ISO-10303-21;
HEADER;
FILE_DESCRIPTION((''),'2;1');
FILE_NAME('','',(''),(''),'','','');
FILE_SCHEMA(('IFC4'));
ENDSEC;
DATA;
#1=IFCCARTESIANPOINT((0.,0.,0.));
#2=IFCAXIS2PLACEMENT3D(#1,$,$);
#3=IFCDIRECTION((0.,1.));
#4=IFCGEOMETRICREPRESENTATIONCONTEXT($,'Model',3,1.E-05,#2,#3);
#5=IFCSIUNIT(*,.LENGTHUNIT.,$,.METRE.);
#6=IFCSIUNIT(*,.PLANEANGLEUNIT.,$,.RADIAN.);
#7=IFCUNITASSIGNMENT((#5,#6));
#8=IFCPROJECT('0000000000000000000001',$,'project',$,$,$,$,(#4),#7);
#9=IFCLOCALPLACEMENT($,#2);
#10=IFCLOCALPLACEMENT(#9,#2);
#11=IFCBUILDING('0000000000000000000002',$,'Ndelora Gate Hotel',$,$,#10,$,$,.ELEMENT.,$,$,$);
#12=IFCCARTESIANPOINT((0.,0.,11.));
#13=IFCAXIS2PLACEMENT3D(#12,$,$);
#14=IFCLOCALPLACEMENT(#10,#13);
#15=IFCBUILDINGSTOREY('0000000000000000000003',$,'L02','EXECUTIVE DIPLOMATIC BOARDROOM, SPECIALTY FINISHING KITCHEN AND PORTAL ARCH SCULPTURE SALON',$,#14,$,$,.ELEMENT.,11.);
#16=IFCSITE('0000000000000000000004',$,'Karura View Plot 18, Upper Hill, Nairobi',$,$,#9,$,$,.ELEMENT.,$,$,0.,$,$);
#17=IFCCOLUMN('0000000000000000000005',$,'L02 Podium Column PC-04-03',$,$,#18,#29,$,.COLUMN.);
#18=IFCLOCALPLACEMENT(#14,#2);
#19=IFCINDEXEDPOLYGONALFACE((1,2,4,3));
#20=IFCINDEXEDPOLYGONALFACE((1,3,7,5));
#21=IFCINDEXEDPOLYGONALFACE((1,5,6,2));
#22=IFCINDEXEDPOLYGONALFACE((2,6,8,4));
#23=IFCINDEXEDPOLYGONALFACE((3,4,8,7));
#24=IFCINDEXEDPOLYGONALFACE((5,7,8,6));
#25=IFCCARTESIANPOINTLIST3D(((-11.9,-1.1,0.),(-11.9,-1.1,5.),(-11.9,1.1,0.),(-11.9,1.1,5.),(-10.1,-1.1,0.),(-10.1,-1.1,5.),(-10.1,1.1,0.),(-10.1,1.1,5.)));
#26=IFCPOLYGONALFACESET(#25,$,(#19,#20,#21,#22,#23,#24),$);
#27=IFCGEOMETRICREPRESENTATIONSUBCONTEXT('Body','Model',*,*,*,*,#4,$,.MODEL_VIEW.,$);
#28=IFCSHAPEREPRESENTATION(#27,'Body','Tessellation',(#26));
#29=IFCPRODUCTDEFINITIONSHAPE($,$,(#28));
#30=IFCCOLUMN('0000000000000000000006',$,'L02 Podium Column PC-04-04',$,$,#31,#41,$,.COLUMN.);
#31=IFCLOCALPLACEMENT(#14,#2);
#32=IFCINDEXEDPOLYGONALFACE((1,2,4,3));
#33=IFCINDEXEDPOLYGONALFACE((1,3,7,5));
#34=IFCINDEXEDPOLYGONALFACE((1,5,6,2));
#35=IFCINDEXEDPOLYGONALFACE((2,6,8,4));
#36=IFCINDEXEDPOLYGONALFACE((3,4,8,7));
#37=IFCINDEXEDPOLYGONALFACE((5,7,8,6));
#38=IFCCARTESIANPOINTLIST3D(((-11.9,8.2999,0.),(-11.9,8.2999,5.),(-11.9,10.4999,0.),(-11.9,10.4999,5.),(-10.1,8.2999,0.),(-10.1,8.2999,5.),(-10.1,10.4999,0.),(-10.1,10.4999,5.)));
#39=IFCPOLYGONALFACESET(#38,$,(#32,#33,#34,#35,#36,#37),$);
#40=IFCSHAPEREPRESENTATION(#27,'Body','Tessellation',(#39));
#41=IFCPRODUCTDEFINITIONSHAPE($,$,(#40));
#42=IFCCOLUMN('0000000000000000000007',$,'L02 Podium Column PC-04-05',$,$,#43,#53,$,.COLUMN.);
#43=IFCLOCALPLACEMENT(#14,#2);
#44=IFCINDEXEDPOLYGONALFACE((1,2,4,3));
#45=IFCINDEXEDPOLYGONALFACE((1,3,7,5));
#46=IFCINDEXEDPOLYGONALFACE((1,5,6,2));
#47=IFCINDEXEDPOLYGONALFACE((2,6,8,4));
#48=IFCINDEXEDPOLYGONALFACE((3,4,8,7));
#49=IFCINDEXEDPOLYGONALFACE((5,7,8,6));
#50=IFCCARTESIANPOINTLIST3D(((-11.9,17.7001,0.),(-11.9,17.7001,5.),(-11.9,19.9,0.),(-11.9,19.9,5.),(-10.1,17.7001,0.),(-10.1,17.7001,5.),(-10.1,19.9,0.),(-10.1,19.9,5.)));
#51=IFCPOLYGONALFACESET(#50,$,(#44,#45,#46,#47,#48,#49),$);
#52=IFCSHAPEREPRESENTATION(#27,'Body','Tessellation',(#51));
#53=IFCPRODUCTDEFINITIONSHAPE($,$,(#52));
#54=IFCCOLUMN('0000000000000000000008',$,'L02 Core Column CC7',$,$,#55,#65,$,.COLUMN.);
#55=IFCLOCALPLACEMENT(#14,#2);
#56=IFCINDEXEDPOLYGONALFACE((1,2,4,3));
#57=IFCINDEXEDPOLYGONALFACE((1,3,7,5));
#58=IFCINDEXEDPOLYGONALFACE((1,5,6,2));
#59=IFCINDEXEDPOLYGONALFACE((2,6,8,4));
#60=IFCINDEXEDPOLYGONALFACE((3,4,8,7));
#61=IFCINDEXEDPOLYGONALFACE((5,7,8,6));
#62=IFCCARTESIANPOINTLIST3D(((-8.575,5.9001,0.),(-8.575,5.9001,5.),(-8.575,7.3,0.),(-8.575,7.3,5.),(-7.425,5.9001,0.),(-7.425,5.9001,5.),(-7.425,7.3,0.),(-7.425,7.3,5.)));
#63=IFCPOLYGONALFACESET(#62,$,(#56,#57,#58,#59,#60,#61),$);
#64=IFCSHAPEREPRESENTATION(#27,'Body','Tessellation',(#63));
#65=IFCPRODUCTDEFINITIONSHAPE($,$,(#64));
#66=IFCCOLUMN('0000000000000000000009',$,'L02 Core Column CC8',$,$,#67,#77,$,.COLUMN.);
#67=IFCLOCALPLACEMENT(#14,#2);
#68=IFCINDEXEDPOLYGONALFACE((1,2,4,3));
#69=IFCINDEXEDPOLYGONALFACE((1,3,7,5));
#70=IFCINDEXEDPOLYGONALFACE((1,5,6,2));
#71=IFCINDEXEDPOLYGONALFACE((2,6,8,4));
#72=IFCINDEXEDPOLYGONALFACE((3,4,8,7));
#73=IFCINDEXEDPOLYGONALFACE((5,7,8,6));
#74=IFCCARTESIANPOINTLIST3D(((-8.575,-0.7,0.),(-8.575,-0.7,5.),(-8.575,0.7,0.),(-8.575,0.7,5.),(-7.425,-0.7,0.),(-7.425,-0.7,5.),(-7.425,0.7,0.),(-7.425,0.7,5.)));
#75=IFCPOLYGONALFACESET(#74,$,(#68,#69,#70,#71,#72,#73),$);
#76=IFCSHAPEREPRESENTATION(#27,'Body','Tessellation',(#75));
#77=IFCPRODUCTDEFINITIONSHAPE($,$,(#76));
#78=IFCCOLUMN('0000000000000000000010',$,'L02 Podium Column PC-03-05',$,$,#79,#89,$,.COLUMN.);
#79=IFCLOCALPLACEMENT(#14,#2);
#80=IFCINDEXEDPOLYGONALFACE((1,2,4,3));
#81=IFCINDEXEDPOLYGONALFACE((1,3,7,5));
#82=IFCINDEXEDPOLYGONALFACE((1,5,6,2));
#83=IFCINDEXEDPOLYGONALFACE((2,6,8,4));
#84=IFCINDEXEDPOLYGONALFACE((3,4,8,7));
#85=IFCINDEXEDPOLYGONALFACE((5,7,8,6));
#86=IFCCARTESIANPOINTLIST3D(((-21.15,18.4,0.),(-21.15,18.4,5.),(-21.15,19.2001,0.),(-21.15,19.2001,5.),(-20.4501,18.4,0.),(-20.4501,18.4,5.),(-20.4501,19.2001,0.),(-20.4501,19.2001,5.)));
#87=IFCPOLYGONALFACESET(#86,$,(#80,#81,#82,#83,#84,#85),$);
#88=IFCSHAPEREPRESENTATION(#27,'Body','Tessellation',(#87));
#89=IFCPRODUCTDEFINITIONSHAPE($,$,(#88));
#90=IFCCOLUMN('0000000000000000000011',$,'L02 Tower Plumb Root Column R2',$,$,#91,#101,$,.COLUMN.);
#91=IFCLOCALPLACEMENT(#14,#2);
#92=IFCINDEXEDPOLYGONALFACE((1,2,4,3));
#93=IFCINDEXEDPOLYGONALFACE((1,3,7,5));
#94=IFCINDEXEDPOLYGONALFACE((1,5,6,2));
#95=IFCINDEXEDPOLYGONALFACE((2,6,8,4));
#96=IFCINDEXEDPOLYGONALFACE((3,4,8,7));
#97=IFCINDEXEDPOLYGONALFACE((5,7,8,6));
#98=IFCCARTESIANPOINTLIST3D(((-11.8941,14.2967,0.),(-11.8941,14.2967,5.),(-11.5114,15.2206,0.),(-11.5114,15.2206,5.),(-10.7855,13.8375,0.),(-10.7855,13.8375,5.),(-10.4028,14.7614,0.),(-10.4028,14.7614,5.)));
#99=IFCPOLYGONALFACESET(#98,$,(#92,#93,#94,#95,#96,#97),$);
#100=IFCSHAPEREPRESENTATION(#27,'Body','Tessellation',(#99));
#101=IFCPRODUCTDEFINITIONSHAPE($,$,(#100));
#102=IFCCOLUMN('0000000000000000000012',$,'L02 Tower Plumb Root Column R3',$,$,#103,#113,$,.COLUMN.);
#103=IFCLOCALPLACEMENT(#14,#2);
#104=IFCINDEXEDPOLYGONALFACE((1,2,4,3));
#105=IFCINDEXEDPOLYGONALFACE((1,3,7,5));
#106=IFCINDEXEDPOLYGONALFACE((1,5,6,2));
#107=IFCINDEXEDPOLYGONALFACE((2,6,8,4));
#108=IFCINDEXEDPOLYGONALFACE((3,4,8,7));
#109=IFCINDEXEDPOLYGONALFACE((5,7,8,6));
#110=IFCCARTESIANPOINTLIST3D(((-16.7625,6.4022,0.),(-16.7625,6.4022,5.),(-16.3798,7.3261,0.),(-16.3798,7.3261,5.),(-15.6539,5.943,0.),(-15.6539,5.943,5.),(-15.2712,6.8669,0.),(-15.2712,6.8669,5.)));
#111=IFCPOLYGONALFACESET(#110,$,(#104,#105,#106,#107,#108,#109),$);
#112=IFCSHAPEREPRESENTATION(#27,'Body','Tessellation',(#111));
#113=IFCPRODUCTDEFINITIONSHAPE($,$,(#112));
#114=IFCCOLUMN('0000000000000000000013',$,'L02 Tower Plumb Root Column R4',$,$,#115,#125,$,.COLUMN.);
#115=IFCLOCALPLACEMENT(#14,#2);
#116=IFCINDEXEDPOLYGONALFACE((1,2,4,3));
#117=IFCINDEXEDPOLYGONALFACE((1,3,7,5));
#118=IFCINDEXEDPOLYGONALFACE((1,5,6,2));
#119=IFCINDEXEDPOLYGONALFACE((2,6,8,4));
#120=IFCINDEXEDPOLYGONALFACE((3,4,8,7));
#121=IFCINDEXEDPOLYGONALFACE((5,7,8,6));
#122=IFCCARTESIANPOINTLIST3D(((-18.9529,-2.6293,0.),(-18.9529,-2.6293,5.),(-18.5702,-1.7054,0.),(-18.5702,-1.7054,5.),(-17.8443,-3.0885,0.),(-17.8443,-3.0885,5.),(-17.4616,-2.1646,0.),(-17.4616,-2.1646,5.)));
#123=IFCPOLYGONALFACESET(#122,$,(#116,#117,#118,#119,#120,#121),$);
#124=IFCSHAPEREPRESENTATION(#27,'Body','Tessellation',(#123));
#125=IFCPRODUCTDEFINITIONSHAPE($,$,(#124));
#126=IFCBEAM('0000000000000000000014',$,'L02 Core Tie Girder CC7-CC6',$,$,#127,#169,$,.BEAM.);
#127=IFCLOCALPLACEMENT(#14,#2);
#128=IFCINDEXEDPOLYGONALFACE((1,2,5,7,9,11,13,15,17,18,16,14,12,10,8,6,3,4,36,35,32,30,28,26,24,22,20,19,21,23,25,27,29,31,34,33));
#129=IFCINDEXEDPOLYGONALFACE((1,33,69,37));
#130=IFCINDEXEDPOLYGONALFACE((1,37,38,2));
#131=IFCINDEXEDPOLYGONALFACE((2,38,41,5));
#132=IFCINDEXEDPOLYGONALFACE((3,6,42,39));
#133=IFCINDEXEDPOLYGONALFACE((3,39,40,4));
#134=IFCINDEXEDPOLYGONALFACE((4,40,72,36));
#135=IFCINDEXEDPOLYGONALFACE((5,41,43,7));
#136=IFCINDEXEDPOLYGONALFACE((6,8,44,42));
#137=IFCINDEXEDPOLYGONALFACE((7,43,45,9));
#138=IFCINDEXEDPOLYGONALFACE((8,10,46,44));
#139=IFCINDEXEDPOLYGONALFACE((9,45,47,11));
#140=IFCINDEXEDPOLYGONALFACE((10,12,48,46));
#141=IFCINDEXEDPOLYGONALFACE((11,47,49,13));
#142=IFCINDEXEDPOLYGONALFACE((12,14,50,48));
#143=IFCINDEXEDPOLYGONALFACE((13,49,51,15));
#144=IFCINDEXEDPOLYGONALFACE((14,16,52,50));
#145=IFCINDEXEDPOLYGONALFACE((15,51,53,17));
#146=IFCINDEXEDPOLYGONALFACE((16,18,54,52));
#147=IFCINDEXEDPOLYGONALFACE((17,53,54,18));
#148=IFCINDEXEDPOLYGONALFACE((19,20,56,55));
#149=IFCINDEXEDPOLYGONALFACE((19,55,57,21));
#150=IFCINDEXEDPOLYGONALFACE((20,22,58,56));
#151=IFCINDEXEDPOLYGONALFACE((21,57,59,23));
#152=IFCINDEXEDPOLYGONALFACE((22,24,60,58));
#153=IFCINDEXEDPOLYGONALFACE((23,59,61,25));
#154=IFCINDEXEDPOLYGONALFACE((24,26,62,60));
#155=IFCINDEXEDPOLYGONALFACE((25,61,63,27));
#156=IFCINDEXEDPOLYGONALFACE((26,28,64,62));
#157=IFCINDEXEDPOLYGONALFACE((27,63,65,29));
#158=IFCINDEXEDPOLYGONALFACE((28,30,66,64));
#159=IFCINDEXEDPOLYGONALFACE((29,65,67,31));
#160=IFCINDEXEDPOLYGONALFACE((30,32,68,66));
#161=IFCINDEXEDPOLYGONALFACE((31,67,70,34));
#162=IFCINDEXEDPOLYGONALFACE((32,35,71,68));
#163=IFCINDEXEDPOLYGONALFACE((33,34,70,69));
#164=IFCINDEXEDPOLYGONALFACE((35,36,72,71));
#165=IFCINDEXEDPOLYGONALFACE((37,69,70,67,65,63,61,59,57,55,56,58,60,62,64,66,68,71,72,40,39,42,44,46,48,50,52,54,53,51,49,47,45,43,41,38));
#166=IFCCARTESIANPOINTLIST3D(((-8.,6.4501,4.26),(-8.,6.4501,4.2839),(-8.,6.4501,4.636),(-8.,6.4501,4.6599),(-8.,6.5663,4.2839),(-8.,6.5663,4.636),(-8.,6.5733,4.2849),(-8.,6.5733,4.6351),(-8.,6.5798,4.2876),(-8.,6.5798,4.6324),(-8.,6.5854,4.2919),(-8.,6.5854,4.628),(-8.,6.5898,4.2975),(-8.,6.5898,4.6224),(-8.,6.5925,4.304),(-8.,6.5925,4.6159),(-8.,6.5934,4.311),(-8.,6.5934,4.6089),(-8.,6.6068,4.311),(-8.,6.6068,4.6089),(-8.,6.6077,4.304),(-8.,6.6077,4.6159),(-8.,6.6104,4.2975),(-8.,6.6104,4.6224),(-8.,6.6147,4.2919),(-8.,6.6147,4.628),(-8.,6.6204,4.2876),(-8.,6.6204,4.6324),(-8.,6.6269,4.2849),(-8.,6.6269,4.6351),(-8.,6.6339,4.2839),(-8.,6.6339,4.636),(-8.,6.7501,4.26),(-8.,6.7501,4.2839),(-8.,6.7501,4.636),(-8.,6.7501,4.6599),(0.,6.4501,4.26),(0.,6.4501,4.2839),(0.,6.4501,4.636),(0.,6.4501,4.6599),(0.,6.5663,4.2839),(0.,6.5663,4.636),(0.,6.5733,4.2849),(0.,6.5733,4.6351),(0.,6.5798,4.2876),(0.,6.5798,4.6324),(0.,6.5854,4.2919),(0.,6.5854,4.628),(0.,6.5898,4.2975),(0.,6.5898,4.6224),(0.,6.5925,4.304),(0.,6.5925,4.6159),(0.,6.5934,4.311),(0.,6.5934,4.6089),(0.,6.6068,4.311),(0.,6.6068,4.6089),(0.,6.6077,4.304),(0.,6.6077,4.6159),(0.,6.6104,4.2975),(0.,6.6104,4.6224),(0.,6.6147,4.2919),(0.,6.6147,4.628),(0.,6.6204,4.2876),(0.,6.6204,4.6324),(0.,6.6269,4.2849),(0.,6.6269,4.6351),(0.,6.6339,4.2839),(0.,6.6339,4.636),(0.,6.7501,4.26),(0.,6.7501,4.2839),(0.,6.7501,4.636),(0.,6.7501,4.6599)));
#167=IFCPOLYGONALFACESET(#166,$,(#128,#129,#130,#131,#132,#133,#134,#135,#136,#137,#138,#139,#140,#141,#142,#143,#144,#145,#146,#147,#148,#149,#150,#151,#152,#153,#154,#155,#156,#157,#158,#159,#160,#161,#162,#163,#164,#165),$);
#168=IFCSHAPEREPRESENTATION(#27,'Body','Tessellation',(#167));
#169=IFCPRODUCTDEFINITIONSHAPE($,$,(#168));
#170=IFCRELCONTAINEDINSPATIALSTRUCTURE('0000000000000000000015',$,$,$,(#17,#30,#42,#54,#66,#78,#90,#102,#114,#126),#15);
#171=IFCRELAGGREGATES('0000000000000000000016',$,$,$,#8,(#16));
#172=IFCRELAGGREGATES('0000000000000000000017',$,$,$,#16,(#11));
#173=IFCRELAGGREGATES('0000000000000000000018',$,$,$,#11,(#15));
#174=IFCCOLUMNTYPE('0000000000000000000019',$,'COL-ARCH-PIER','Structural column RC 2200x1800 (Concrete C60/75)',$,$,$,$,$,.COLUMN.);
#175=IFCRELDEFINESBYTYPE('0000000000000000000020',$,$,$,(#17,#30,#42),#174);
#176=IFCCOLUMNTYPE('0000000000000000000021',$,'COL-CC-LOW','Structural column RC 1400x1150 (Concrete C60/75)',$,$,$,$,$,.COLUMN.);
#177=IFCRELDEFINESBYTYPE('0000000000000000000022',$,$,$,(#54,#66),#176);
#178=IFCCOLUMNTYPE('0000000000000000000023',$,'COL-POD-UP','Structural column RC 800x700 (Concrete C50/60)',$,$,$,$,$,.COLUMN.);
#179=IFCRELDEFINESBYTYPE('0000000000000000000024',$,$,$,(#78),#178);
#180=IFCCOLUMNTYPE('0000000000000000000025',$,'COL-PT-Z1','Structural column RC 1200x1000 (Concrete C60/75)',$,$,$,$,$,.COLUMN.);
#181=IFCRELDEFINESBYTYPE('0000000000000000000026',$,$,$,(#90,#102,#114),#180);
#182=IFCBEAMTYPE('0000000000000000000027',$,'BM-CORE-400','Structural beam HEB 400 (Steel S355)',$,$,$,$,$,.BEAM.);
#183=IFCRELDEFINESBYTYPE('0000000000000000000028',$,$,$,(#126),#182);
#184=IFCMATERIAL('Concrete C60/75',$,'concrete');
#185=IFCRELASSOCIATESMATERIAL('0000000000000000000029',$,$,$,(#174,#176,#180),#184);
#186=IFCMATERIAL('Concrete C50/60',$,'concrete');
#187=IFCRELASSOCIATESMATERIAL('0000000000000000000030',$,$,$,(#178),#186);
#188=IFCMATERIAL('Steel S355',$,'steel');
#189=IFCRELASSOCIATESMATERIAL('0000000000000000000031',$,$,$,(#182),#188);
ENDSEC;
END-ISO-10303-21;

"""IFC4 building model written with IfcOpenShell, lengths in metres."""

from ifc_helpers import new_model, si_unit, direction, frame, origin, origin_2d, place, context, subcontext, project, spatial, rectangle, i_section, extrude, material, material_profile, profile_set, type_object, element, save


model = new_model("IFC4")

# Units and contexts
model_context = context("Model", 3, precision=1e-05, world=origin(), true_north=direction((0.0, 1.0)))
body_context = subcontext(model_context, "Body", "Model", "MODEL_VIEW")
ifc_project = project(units=[si_unit("LENGTHUNIT", "METRE"), si_unit("PLANEANGLEUNIT", "RADIAN")], contexts=[model_context])

# Site, building, storey
site_placement = place(None, origin())
site = spatial("IfcSite", under=ifc_project, at=site_placement, Name="Karura View Plot 18, Upper Hill, Nairobi", CompositionType="ELEMENT", RefElevation=0.0)
building_placement = place(site_placement, origin())
building = spatial("IfcBuilding", under=site, at=building_placement, Name="Ndelora Gate Hotel", CompositionType="ELEMENT")
storey_placement = place(building_placement, frame((0.0, 0.0, 11.0)))
storey = spatial("IfcBuildingStorey", under=building, at=storey_placement, Name="L02", Description="EXECUTIVE DIPLOMATIC BOARDROOM, SPECIALTY FINISHING KITCHEN AND PORTAL ARCH SCULPTURE SALON", CompositionType="ELEMENT", Elevation=11.0)

# Columns
ifc_material_1 = material(Name="Concrete C60/75", Category="concrete")
ifc_material_profile_1 = material_profile(ifc_material_1, rectangle(XDim=1.8, YDim=2.2, at=origin_2d()), Name="RC 2200x1800")
ifc_profile_set_1 = profile_set([ifc_material_profile_1], Name="Concrete C60/75")
column_type_1 = type_object("IfcColumnType", Name="COL-ARCH-PIER", Description="Structural column RC 2200x1800 (Concrete C60/75)", PredefinedType="COLUMN", material=ifc_profile_set_1)
for number, where, z_axis, x_axis, name in (
    (1, (-11.0, 0.0, 0.0), (0.0, 0.0, 1.0), (1.0, 0.0, 0.0), "L02 Podium Column PC-04-03"),
    (2, (-11.0, 9.3999, 0.0), (0.0, 0.0, 1.0), (1.0, 0.0, 0.0), "L02 Podium Column PC-04-04"),
    (3, (-11.0, 18.8, 0.0), (0.0, 0.0, 1.0), (1.0, 0.0, 0.0), "L02 Podium Column PC-04-05"),
):
    element("IfcColumn", number, at=place(storey_placement, frame(where, z_axis=z_axis, x_axis=x_axis)), inside=storey, type_object=column_type_1, Name=name, PredefinedType="COLUMN", context=body_context, shape_type="SweptSolid", body=[
        extrude(rectangle(XDim=1.8, YDim=2.2, at=origin_2d()), origin(), (0.0, 0.0, 1.0), 5.0),
    ])
ifc_material_profile_2 = material_profile(ifc_material_1, rectangle(XDim=1.1499, YDim=1.3999, at=origin_2d()), Name="RC 1400x1150")
ifc_profile_set_2 = profile_set([ifc_material_profile_2], Name="Concrete C60/75")
column_type_2 = type_object("IfcColumnType", Name="COL-CC-LOW", Description="Structural column RC 1400x1150 (Concrete C60/75)", PredefinedType="COLUMN", material=ifc_profile_set_2)
for number, where, z_axis, x_axis, name in (
    (4, (-8.0, 6.6001, 0.0), (0.0, 0.0, 1.0), (1.0, 0.0, 0.0), "L02 Core Column CC7"),
    (5, (-8.0, 0.0, 0.0), (0.0, 0.0, 1.0), (1.0, 0.0, 0.0), "L02 Core Column CC8"),
):
    element("IfcColumn", number, at=place(storey_placement, frame(where, z_axis=z_axis, x_axis=x_axis)), inside=storey, type_object=column_type_2, Name=name, PredefinedType="COLUMN", context=body_context, shape_type="SweptSolid", body=[
        extrude(rectangle(XDim=1.1499, YDim=1.3999, at=origin_2d()), origin(), (0.0, 0.0, 1.0), 5.0),
    ])
ifc_material_2 = material(Name="Concrete C50/60", Category="concrete")
ifc_material_profile_3 = material_profile(ifc_material_2, rectangle(XDim=0.7, YDim=0.8, at=origin_2d()), Name="RC 800x700")
ifc_profile_set_3 = profile_set([ifc_material_profile_3], Name="Concrete C50/60")
column_type_3 = type_object("IfcColumnType", Name="COL-POD-UP", Description="Structural column RC 800x700 (Concrete C50/60)", PredefinedType="COLUMN", material=ifc_profile_set_3)
column_placement = place(storey_placement, frame((-20.8, 18.8, 0.0), z_axis=(0.0, 0.0, 1.0), x_axis=(1.0, 0.0, 0.0)))
element("IfcColumn", 6, at=column_placement, inside=storey, type_object=column_type_3, Name="L02 Podium Column PC-03-05", PredefinedType="COLUMN", context=body_context, shape_type="SweptSolid", body=[
    extrude(rectangle(XDim=0.7, YDim=0.8, at=origin_2d()), origin(), (0.0, 0.0, 1.0), 5.0),
])
ifc_material_profile_4 = material_profile(ifc_material_1, rectangle(XDim=1.0, YDim=1.2, at=origin_2d()), Name="RC 1200x1000")
ifc_profile_set_4 = profile_set([ifc_material_profile_4], Name="Concrete C60/75")
column_type_4 = type_object("IfcColumnType", Name="COL-PT-Z1", Description="Structural column RC 1200x1000 (Concrete C60/75)", PredefinedType="COLUMN", material=ifc_profile_set_4)
for number, where, z_axis, x_axis, name in (
    (7, (-11.1484, 14.5291, 0.0), (0.0, 0.0, 1.0), (0.382683, 0.92388, 0.0), "L02 Tower Plumb Root Column R2"),
    (8, (-16.0168, 6.6345, 0.0), (0.0, 0.0, 1.0), (0.382683, 0.92388, 0.0), "L02 Tower Plumb Root Column R3"),
    (9, (-18.2073, -2.397, 0.0), (0.0, 0.0, 1.0), (0.382683, 0.92388, 0.0), "L02 Tower Plumb Root Column R4"),
):
    element("IfcColumn", number, at=place(storey_placement, frame(where, z_axis=z_axis, x_axis=x_axis)), inside=storey, type_object=column_type_4, Name=name, PredefinedType="COLUMN", context=body_context, shape_type="SweptSolid", body=[
        extrude(rectangle(XDim=1.0, YDim=1.2, at=origin_2d()), origin(), (0.0, 0.0, 1.0), 5.0),
    ])

# Beam
ifc_material_3 = material(Name="Steel S355", Category="steel")
ifc_material_profile_5 = material_profile(ifc_material_3, i_section(OverallWidth=0.3, OverallDepth=0.3999, WebThickness=0.0134, FlangeThickness=0.0239, FilletRadius=0.0271, at=origin_2d()), Name="HEB 400")
ifc_profile_set_5 = profile_set([ifc_material_profile_5], Name="Steel S355")
beam_type_1 = type_object("IfcBeamType", Name="BM-CORE-400", Description="Structural beam HEB 400 (Steel S355)", PredefinedType="BEAM", material=ifc_profile_set_5)
beam_1_placement = place(storey_placement, frame((-8.0, 6.6001, 4.46), z_axis=(1.0, 0.0, 0.0), x_axis=(0.0, 1.0, 0.0)))
element("IfcBeam", 10, at=beam_1_placement, inside=storey, type_object=beam_type_1, Name="L02 Core Tie Girder CC7-CC6", PredefinedType="BEAM", context=body_context, shape_type="SweptSolid", body=[
    extrude(i_section(OverallWidth=0.3, OverallDepth=0.3999, WebThickness=0.0134, FlangeThickness=0.0239, FilletRadius=0.0271, at=origin_2d()), origin(), (0.0, 0.0, 1.0), 8.0),
])

save(model, "model.ifc")
